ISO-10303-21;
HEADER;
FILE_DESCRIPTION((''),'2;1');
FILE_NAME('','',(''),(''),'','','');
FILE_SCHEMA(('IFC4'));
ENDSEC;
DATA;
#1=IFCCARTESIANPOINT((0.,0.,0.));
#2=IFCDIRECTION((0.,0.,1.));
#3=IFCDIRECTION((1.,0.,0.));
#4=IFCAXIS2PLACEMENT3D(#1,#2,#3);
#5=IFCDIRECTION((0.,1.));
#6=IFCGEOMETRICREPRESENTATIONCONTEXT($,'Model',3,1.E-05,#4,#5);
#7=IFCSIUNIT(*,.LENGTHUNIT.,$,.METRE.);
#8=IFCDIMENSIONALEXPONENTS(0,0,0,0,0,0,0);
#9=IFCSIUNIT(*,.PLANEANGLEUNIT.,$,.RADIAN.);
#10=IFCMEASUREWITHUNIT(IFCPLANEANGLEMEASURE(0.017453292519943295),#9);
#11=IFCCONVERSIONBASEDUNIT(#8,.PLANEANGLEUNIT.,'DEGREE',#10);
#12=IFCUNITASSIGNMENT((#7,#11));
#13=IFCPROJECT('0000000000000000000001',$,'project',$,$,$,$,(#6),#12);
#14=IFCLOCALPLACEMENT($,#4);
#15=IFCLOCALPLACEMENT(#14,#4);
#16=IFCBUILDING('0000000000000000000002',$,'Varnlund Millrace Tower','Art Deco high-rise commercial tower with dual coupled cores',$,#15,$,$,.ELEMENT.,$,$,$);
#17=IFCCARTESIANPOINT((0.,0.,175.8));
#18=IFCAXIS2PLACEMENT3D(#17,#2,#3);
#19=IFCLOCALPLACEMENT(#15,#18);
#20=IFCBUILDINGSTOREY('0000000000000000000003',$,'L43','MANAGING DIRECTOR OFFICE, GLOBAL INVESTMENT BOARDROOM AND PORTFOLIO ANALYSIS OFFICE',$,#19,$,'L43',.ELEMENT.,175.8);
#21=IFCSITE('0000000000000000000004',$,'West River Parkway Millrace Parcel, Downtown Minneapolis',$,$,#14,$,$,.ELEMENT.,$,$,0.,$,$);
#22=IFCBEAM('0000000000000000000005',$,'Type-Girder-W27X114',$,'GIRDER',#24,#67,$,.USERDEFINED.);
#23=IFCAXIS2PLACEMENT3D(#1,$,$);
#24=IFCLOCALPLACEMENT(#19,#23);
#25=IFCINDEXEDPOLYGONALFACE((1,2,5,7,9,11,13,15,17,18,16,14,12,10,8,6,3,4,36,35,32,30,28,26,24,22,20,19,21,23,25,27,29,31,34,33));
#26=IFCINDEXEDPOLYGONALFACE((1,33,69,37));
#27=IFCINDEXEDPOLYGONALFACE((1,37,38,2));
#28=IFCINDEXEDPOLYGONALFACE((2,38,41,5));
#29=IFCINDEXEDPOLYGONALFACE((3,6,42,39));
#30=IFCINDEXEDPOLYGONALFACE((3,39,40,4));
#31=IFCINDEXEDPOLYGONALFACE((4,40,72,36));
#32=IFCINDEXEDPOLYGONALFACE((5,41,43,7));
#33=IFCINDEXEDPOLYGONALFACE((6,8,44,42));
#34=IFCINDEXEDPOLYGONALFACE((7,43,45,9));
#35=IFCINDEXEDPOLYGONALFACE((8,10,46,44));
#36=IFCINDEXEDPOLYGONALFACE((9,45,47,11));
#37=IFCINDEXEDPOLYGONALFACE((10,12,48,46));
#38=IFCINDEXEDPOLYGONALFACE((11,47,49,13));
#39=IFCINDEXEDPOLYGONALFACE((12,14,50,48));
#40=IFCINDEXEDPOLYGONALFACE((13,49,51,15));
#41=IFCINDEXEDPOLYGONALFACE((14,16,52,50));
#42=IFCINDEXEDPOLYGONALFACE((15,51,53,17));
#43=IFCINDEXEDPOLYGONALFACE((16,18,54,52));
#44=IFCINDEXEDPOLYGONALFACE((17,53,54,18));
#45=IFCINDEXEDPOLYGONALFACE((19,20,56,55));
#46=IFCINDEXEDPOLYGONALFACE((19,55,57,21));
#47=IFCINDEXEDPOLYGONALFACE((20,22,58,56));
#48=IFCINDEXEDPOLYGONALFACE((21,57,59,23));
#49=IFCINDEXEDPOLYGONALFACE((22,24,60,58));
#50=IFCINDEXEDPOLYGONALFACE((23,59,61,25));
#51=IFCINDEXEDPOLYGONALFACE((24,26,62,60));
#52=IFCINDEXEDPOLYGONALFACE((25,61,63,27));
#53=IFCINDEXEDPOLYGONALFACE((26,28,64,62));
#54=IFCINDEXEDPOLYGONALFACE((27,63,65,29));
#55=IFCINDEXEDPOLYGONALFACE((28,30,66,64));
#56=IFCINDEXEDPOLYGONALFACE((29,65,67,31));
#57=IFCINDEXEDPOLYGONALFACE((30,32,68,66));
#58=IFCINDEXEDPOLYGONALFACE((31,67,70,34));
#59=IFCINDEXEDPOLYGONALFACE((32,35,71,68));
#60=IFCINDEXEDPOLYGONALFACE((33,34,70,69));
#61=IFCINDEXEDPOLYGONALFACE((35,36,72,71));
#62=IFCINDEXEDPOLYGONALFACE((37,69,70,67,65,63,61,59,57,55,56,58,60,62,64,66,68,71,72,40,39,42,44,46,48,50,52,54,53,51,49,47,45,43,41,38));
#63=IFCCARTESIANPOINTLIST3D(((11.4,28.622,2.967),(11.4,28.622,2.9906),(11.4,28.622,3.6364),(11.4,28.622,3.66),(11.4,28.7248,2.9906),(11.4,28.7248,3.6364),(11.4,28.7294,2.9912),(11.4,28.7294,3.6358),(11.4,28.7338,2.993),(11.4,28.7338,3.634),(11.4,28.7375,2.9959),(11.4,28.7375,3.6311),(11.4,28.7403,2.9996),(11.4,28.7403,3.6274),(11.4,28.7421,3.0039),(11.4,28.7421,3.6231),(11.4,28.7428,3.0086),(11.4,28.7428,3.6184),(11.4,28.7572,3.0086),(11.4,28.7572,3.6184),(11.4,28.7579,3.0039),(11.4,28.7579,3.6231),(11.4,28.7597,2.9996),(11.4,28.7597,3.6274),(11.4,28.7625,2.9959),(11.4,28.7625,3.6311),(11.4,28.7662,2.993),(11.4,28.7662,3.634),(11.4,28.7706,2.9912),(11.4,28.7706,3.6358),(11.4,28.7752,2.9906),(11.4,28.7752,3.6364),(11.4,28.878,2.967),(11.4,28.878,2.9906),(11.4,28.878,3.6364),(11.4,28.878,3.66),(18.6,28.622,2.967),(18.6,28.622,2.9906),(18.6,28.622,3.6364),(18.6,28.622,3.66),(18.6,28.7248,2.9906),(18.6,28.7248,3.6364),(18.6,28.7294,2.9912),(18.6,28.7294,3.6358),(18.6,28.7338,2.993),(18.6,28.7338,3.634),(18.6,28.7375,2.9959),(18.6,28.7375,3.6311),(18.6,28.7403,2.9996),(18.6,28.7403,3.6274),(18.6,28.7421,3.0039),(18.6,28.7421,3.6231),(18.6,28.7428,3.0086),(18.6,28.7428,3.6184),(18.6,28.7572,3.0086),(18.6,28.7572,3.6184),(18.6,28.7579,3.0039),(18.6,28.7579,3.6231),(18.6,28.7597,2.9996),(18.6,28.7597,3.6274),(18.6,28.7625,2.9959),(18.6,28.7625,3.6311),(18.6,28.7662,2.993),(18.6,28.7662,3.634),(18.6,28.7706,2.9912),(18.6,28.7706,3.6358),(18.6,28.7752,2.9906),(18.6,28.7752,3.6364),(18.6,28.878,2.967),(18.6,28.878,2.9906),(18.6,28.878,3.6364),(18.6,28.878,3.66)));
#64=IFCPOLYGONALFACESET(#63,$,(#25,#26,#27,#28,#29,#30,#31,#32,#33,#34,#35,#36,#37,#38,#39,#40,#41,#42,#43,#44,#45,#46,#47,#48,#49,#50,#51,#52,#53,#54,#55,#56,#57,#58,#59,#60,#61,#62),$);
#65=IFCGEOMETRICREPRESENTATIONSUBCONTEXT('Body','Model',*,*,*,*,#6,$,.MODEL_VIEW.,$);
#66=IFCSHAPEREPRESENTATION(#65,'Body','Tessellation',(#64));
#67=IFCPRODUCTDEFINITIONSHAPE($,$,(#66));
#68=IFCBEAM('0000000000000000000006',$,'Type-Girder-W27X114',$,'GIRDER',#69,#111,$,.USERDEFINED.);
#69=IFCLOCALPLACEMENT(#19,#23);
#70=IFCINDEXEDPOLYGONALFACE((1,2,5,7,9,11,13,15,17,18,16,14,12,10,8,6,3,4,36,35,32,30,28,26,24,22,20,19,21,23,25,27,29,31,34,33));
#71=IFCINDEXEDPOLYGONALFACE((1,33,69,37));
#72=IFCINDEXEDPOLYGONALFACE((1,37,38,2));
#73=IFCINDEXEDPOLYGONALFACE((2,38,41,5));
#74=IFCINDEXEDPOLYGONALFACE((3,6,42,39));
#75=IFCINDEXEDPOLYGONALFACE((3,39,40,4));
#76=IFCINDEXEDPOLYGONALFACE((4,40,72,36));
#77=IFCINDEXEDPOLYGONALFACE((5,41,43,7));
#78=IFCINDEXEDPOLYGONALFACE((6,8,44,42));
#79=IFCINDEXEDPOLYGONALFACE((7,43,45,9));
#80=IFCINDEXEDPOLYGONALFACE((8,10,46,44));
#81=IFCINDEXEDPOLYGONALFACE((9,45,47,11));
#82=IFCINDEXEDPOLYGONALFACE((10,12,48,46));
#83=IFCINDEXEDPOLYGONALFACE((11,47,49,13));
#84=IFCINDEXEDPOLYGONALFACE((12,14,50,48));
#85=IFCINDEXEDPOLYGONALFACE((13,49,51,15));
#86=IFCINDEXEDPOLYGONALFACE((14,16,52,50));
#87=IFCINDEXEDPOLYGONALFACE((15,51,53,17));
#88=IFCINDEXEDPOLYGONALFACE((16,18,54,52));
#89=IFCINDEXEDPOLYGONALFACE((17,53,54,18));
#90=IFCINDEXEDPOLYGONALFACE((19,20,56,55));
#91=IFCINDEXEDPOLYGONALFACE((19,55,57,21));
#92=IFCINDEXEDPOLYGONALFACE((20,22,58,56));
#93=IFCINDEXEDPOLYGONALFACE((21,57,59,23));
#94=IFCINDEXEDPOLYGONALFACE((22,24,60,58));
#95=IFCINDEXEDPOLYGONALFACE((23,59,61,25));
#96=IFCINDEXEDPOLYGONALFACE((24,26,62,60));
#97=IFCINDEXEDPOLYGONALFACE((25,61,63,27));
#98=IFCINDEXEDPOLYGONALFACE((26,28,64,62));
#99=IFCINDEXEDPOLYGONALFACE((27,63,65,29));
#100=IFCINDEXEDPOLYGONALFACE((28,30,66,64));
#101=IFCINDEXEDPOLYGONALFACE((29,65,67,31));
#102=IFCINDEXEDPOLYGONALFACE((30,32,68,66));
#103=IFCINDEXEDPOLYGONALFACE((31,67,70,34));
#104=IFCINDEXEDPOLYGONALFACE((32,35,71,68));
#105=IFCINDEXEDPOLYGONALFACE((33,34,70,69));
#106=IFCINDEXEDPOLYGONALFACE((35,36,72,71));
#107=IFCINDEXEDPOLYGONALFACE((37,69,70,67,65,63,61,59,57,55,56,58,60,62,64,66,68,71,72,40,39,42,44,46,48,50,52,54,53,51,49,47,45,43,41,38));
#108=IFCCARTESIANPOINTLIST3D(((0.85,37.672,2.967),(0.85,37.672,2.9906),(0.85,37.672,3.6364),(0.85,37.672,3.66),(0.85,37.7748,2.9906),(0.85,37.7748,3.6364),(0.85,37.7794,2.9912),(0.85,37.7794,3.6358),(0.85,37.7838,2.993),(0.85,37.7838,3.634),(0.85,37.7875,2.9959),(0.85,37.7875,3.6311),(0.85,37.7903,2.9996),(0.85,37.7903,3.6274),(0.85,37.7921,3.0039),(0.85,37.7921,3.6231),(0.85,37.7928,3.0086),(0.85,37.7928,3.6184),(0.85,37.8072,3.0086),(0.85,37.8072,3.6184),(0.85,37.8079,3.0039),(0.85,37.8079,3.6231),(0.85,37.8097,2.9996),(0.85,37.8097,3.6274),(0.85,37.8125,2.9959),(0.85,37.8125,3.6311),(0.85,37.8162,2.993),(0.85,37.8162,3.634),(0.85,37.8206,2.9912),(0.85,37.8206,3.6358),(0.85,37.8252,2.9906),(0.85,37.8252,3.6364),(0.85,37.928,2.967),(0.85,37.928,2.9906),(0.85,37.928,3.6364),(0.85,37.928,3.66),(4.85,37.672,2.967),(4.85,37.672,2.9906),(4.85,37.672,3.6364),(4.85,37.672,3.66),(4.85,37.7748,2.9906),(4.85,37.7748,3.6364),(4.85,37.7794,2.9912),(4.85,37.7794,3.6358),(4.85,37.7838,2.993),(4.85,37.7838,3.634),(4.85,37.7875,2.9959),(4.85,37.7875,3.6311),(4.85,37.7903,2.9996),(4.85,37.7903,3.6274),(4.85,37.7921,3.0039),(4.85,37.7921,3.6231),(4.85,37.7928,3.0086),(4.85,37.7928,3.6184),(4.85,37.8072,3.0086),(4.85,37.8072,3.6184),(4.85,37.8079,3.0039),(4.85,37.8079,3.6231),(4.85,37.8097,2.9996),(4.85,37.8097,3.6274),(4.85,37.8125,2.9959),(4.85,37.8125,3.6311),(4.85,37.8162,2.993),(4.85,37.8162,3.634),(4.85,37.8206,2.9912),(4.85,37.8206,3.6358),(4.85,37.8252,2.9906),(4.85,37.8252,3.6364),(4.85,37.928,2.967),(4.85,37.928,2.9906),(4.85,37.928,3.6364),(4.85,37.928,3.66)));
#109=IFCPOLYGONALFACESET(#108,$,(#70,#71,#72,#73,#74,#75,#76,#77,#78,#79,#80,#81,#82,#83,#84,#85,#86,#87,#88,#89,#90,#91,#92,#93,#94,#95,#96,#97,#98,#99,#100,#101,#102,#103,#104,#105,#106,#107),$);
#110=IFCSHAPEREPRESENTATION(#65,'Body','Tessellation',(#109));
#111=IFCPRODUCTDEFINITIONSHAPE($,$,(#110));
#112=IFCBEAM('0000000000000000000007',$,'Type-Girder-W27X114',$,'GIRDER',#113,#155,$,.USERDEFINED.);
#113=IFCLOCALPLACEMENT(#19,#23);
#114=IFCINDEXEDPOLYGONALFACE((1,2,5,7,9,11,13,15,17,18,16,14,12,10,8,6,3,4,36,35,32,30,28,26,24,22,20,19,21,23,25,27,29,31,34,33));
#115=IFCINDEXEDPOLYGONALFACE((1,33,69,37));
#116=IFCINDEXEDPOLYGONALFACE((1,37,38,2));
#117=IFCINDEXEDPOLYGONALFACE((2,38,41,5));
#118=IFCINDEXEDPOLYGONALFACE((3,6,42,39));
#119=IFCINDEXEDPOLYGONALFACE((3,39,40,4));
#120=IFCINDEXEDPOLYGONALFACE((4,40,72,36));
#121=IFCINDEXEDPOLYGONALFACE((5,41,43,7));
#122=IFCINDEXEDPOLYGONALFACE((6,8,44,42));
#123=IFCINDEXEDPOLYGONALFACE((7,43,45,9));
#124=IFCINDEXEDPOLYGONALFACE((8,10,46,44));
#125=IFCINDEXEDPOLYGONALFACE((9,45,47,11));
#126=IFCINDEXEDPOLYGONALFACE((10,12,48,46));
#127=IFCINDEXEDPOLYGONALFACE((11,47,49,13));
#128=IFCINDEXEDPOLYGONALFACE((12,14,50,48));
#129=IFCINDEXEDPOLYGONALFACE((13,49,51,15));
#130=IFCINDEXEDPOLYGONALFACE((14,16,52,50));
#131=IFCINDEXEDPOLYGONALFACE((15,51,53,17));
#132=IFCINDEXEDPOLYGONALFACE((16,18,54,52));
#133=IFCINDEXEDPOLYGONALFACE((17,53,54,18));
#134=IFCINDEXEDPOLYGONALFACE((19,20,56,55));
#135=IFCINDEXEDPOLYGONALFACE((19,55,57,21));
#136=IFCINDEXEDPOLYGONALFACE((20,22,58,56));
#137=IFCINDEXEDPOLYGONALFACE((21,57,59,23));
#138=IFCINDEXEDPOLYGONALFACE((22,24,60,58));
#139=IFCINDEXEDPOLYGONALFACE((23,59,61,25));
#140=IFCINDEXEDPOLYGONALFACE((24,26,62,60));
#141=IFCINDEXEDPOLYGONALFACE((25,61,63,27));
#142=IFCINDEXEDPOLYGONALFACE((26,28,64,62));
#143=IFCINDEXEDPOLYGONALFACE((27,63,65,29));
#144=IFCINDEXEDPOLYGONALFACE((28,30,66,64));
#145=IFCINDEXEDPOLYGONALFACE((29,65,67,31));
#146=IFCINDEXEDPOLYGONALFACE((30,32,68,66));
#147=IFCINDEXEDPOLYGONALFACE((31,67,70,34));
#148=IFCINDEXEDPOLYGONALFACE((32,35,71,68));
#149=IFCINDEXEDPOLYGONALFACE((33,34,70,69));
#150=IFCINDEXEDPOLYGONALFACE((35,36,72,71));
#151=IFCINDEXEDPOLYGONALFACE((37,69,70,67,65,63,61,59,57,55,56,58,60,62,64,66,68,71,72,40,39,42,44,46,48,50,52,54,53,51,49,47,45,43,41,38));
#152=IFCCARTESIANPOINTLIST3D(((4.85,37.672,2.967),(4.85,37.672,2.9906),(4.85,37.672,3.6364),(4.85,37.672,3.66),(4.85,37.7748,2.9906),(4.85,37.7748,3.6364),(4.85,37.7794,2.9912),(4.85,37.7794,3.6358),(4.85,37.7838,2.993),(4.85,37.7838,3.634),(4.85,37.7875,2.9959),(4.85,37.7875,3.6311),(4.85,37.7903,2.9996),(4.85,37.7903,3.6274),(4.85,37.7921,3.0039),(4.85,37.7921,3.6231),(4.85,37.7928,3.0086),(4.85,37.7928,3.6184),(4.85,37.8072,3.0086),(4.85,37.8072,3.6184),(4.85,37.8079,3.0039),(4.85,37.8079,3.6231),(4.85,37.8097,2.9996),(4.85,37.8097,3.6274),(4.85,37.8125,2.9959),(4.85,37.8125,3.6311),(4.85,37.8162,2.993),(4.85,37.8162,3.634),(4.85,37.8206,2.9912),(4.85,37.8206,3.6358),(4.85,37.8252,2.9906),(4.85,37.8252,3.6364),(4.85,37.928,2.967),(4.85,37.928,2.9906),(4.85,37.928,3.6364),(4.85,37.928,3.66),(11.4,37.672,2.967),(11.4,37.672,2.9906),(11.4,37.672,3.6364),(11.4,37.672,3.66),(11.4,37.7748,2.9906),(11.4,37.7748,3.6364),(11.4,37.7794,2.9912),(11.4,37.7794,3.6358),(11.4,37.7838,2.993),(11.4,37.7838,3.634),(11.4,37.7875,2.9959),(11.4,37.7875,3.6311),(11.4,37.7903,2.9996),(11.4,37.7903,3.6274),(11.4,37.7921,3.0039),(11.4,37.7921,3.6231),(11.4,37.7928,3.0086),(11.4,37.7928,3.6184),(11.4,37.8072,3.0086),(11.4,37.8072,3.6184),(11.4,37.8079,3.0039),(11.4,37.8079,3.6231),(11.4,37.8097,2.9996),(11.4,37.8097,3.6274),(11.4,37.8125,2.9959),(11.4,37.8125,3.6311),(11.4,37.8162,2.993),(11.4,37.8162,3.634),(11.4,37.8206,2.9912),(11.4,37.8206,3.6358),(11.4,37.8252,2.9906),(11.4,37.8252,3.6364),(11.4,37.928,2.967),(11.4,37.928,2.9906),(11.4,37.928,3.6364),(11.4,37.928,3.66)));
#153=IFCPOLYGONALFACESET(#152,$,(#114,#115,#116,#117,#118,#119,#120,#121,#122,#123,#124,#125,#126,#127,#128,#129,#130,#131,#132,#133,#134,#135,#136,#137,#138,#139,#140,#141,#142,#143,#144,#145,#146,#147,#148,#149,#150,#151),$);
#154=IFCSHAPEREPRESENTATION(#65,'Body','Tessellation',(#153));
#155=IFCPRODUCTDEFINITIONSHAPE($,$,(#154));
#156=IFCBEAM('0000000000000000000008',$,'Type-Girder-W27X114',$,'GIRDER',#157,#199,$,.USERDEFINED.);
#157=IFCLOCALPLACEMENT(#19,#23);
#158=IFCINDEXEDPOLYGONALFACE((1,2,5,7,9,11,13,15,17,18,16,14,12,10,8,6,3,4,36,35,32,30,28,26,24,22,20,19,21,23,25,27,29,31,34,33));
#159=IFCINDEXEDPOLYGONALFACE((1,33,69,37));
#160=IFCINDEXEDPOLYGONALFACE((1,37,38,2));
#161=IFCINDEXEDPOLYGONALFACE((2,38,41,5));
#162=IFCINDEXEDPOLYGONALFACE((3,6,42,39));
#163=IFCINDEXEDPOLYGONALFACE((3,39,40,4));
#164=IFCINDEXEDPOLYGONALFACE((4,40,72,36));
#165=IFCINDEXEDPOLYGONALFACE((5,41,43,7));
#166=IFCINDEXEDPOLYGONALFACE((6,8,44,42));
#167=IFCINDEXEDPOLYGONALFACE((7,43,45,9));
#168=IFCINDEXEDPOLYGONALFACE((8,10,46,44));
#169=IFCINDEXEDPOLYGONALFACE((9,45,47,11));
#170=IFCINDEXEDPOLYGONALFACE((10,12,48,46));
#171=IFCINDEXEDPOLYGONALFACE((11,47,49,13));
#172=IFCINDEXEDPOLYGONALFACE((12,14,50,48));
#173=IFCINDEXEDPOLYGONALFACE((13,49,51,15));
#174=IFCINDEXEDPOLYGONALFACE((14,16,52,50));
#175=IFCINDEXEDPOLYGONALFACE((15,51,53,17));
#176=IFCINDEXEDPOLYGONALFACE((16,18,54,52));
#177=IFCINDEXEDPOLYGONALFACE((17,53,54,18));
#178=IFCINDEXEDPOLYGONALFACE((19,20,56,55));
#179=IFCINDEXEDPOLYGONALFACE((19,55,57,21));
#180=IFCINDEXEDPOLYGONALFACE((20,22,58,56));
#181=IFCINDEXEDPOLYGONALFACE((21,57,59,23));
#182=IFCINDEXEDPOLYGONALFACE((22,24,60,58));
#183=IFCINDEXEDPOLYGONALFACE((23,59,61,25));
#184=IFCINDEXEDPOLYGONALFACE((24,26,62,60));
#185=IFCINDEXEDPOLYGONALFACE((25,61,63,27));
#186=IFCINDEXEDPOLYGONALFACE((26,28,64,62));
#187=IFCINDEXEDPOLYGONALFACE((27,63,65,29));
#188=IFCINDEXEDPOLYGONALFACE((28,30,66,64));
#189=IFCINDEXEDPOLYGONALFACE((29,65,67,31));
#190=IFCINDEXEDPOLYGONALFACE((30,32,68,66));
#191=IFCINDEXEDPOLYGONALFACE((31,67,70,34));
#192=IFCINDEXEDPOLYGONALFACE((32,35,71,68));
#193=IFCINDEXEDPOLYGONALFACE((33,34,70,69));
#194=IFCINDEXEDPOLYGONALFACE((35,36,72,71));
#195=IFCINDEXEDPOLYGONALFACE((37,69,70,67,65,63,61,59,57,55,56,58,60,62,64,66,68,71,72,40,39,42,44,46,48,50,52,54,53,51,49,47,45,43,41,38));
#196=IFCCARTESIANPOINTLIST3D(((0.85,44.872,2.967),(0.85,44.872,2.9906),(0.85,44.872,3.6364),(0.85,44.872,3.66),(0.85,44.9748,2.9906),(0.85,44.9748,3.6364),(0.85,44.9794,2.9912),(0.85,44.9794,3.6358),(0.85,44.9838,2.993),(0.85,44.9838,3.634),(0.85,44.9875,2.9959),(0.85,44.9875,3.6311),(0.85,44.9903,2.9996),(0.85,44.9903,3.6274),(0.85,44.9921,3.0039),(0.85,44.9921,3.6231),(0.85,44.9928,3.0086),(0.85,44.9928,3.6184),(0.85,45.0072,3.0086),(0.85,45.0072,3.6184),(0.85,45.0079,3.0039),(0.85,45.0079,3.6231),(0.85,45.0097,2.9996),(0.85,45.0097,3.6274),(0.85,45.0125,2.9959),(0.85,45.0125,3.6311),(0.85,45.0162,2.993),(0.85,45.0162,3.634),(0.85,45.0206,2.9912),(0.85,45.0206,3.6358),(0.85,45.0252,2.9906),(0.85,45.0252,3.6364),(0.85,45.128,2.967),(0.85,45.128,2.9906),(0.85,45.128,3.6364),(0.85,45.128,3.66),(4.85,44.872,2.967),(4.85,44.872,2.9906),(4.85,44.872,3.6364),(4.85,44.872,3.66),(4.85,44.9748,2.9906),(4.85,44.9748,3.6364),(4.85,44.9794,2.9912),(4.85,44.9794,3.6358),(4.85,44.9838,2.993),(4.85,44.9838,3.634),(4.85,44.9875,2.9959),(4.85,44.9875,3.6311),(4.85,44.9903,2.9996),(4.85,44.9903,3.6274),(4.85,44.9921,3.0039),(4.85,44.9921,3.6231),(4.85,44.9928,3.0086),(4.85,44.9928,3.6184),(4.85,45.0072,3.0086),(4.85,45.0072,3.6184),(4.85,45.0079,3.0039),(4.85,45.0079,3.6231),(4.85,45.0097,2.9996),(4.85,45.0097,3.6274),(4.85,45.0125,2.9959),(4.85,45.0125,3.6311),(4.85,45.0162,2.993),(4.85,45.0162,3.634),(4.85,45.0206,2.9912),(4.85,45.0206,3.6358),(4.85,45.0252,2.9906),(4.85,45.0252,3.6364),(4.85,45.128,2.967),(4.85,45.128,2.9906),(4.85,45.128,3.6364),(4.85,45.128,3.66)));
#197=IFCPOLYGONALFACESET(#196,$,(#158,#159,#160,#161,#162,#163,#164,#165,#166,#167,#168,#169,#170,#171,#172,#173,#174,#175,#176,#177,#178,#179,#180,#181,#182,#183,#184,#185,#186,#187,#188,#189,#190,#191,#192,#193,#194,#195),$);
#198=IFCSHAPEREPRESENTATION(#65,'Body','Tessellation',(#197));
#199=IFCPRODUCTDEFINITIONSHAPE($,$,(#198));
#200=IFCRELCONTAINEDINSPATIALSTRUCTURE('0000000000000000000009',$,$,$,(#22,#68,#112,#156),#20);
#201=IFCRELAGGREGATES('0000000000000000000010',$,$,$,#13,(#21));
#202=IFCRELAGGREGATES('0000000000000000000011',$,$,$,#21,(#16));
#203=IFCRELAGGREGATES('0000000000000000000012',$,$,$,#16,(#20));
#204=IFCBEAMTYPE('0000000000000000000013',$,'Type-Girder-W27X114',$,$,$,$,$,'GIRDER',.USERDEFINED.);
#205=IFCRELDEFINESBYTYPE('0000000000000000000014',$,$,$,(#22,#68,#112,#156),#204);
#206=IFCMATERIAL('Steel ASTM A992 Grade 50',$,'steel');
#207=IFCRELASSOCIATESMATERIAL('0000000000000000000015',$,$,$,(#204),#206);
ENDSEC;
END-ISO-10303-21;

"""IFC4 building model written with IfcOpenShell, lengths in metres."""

from ifc_helpers import new_model, entity, si_unit, converted_unit, direction, frame, origin_with_axes, origin_2d_with_axis, place, context, subcontext, project, spatial, i_section, extrude, material, material_profile, profile_set, type_object, element, save


model = new_model("IFC4")

# Units and contexts
model_context = context("Model", 3, precision=1e-05, world=origin_with_axes(), true_north=direction((0.0, 1.0)))
body_context = subcontext(model_context, "Body", "Model", "MODEL_VIEW")
ifc_project = project(units=[si_unit("LENGTHUNIT", "METRE"), converted_unit("PLANEANGLEUNIT", "DEGREE", entity("IfcPlaneAngleMeasure", 0.017453292519943295), si_unit("PLANEANGLEUNIT", "RADIAN"), dimensions=[0, 0, 0, 0, 0, 0, 0])], contexts=[model_context])

# Site, building, storey
site_placement = place(None, origin_with_axes())
site = spatial("IfcSite", under=ifc_project, at=site_placement, Name="West River Parkway Millrace Parcel, Downtown Minneapolis", CompositionType="ELEMENT", RefElevation=0.0)
building_placement = place(site_placement, origin_with_axes())
building = spatial("IfcBuilding", under=site, at=building_placement, Name="Varnlund Millrace Tower", Description="Art Deco high-rise commercial tower with dual coupled cores", CompositionType="ELEMENT")
storey_placement = place(building_placement, frame((0.0, 0.0, 175.8), z_axis=(0.0, 0.0, 1.0), x_axis=(1.0, 0.0, 0.0)))
storey = spatial("IfcBuildingStorey", under=building, at=storey_placement, Name="L43", Description="MANAGING DIRECTOR OFFICE, GLOBAL INVESTMENT BOARDROOM AND PORTFOLIO ANALYSIS OFFICE", LongName="L43", CompositionType="ELEMENT", Elevation=175.8)

# Beams
ifc_material_1 = material(Name="Steel ASTM A992 Grade 50", Category="steel")
ifc_material_profile_1 = material_profile(ifc_material_1, i_section(OverallWidth=0.256, OverallDepth=0.693, WebThickness=0.0145, FlangeThickness=0.0236, FilletRadius=0.018, at=origin_2d_with_axis()), Name="Steel ASTM A992 Grade 50")
ifc_profile_set_1 = profile_set([ifc_material_profile_1], Name="Steel ASTM A992 Grade 50")
beam_type_1 = type_object("IfcBeamType", Name="Type-Girder-W27X114", ElementType="GIRDER", PredefinedType="USERDEFINED", material=ifc_profile_set_1)
beam_1_placement = place(storey_placement, frame((11.4, 28.75, 3.3135), z_axis=(1.0, 0.0, 0.0), x_axis=(0.0, 1.0, 0.0)))
element("IfcBeam", 1, at=beam_1_placement, inside=storey, type_object=beam_type_1, Name="Type-Girder-W27X114", ObjectType="GIRDER", PredefinedType="USERDEFINED", context=body_context, shape_type="SweptSolid", body=[
    extrude(i_section(OverallWidth=0.256, OverallDepth=0.693, WebThickness=0.0145, FlangeThickness=0.0236, FilletRadius=0.018, at=origin_2d_with_axis()), origin_with_axes(), (0.0, 0.0, 1.0), 7.2),
])
beam_2_placement = place(storey_placement, frame((0.85, 37.8, 3.3135), z_axis=(1.0, 0.0, 0.0), x_axis=(0.0, 1.0, 0.0)))
element("IfcBeam", 2, at=beam_2_placement, inside=storey, type_object=beam_type_1, Name="Type-Girder-W27X114", ObjectType="GIRDER", PredefinedType="USERDEFINED", context=body_context, shape_type="SweptSolid", body=[
    extrude(i_section(OverallWidth=0.256, OverallDepth=0.693, WebThickness=0.0145, FlangeThickness=0.0236, FilletRadius=0.018, at=origin_2d_with_axis()), origin_with_axes(), (0.0, 0.0, 1.0), 4.0),
])
beam_3_placement = place(storey_placement, frame((4.85, 37.8, 3.3135), z_axis=(1.0, 0.0, 0.0), x_axis=(0.0, 1.0, 0.0)))
element("IfcBeam", 3, at=beam_3_placement, inside=storey, type_object=beam_type_1, Name="Type-Girder-W27X114", ObjectType="GIRDER", PredefinedType="USERDEFINED", context=body_context, shape_type="SweptSolid", body=[
    extrude(i_section(OverallWidth=0.256, OverallDepth=0.693, WebThickness=0.0145, FlangeThickness=0.0236, FilletRadius=0.018, at=origin_2d_with_axis()), origin_with_axes(), (0.0, 0.0, 1.0), 6.55),
])
beam_4_placement = place(storey_placement, frame((0.85, 45.0, 3.3135), z_axis=(1.0, 0.0, 0.0), x_axis=(0.0, 1.0, 0.0)))
element("IfcBeam", 4, at=beam_4_placement, inside=storey, type_object=beam_type_1, Name="Type-Girder-W27X114", ObjectType="GIRDER", PredefinedType="USERDEFINED", context=body_context, shape_type="SweptSolid", body=[
    extrude(i_section(OverallWidth=0.256, OverallDepth=0.693, WebThickness=0.0145, FlangeThickness=0.0236, FilletRadius=0.018, at=origin_2d_with_axis()), origin_with_axes(), (0.0, 0.0, 1.0), 4.0),
])

save(model, "model.ifc")
